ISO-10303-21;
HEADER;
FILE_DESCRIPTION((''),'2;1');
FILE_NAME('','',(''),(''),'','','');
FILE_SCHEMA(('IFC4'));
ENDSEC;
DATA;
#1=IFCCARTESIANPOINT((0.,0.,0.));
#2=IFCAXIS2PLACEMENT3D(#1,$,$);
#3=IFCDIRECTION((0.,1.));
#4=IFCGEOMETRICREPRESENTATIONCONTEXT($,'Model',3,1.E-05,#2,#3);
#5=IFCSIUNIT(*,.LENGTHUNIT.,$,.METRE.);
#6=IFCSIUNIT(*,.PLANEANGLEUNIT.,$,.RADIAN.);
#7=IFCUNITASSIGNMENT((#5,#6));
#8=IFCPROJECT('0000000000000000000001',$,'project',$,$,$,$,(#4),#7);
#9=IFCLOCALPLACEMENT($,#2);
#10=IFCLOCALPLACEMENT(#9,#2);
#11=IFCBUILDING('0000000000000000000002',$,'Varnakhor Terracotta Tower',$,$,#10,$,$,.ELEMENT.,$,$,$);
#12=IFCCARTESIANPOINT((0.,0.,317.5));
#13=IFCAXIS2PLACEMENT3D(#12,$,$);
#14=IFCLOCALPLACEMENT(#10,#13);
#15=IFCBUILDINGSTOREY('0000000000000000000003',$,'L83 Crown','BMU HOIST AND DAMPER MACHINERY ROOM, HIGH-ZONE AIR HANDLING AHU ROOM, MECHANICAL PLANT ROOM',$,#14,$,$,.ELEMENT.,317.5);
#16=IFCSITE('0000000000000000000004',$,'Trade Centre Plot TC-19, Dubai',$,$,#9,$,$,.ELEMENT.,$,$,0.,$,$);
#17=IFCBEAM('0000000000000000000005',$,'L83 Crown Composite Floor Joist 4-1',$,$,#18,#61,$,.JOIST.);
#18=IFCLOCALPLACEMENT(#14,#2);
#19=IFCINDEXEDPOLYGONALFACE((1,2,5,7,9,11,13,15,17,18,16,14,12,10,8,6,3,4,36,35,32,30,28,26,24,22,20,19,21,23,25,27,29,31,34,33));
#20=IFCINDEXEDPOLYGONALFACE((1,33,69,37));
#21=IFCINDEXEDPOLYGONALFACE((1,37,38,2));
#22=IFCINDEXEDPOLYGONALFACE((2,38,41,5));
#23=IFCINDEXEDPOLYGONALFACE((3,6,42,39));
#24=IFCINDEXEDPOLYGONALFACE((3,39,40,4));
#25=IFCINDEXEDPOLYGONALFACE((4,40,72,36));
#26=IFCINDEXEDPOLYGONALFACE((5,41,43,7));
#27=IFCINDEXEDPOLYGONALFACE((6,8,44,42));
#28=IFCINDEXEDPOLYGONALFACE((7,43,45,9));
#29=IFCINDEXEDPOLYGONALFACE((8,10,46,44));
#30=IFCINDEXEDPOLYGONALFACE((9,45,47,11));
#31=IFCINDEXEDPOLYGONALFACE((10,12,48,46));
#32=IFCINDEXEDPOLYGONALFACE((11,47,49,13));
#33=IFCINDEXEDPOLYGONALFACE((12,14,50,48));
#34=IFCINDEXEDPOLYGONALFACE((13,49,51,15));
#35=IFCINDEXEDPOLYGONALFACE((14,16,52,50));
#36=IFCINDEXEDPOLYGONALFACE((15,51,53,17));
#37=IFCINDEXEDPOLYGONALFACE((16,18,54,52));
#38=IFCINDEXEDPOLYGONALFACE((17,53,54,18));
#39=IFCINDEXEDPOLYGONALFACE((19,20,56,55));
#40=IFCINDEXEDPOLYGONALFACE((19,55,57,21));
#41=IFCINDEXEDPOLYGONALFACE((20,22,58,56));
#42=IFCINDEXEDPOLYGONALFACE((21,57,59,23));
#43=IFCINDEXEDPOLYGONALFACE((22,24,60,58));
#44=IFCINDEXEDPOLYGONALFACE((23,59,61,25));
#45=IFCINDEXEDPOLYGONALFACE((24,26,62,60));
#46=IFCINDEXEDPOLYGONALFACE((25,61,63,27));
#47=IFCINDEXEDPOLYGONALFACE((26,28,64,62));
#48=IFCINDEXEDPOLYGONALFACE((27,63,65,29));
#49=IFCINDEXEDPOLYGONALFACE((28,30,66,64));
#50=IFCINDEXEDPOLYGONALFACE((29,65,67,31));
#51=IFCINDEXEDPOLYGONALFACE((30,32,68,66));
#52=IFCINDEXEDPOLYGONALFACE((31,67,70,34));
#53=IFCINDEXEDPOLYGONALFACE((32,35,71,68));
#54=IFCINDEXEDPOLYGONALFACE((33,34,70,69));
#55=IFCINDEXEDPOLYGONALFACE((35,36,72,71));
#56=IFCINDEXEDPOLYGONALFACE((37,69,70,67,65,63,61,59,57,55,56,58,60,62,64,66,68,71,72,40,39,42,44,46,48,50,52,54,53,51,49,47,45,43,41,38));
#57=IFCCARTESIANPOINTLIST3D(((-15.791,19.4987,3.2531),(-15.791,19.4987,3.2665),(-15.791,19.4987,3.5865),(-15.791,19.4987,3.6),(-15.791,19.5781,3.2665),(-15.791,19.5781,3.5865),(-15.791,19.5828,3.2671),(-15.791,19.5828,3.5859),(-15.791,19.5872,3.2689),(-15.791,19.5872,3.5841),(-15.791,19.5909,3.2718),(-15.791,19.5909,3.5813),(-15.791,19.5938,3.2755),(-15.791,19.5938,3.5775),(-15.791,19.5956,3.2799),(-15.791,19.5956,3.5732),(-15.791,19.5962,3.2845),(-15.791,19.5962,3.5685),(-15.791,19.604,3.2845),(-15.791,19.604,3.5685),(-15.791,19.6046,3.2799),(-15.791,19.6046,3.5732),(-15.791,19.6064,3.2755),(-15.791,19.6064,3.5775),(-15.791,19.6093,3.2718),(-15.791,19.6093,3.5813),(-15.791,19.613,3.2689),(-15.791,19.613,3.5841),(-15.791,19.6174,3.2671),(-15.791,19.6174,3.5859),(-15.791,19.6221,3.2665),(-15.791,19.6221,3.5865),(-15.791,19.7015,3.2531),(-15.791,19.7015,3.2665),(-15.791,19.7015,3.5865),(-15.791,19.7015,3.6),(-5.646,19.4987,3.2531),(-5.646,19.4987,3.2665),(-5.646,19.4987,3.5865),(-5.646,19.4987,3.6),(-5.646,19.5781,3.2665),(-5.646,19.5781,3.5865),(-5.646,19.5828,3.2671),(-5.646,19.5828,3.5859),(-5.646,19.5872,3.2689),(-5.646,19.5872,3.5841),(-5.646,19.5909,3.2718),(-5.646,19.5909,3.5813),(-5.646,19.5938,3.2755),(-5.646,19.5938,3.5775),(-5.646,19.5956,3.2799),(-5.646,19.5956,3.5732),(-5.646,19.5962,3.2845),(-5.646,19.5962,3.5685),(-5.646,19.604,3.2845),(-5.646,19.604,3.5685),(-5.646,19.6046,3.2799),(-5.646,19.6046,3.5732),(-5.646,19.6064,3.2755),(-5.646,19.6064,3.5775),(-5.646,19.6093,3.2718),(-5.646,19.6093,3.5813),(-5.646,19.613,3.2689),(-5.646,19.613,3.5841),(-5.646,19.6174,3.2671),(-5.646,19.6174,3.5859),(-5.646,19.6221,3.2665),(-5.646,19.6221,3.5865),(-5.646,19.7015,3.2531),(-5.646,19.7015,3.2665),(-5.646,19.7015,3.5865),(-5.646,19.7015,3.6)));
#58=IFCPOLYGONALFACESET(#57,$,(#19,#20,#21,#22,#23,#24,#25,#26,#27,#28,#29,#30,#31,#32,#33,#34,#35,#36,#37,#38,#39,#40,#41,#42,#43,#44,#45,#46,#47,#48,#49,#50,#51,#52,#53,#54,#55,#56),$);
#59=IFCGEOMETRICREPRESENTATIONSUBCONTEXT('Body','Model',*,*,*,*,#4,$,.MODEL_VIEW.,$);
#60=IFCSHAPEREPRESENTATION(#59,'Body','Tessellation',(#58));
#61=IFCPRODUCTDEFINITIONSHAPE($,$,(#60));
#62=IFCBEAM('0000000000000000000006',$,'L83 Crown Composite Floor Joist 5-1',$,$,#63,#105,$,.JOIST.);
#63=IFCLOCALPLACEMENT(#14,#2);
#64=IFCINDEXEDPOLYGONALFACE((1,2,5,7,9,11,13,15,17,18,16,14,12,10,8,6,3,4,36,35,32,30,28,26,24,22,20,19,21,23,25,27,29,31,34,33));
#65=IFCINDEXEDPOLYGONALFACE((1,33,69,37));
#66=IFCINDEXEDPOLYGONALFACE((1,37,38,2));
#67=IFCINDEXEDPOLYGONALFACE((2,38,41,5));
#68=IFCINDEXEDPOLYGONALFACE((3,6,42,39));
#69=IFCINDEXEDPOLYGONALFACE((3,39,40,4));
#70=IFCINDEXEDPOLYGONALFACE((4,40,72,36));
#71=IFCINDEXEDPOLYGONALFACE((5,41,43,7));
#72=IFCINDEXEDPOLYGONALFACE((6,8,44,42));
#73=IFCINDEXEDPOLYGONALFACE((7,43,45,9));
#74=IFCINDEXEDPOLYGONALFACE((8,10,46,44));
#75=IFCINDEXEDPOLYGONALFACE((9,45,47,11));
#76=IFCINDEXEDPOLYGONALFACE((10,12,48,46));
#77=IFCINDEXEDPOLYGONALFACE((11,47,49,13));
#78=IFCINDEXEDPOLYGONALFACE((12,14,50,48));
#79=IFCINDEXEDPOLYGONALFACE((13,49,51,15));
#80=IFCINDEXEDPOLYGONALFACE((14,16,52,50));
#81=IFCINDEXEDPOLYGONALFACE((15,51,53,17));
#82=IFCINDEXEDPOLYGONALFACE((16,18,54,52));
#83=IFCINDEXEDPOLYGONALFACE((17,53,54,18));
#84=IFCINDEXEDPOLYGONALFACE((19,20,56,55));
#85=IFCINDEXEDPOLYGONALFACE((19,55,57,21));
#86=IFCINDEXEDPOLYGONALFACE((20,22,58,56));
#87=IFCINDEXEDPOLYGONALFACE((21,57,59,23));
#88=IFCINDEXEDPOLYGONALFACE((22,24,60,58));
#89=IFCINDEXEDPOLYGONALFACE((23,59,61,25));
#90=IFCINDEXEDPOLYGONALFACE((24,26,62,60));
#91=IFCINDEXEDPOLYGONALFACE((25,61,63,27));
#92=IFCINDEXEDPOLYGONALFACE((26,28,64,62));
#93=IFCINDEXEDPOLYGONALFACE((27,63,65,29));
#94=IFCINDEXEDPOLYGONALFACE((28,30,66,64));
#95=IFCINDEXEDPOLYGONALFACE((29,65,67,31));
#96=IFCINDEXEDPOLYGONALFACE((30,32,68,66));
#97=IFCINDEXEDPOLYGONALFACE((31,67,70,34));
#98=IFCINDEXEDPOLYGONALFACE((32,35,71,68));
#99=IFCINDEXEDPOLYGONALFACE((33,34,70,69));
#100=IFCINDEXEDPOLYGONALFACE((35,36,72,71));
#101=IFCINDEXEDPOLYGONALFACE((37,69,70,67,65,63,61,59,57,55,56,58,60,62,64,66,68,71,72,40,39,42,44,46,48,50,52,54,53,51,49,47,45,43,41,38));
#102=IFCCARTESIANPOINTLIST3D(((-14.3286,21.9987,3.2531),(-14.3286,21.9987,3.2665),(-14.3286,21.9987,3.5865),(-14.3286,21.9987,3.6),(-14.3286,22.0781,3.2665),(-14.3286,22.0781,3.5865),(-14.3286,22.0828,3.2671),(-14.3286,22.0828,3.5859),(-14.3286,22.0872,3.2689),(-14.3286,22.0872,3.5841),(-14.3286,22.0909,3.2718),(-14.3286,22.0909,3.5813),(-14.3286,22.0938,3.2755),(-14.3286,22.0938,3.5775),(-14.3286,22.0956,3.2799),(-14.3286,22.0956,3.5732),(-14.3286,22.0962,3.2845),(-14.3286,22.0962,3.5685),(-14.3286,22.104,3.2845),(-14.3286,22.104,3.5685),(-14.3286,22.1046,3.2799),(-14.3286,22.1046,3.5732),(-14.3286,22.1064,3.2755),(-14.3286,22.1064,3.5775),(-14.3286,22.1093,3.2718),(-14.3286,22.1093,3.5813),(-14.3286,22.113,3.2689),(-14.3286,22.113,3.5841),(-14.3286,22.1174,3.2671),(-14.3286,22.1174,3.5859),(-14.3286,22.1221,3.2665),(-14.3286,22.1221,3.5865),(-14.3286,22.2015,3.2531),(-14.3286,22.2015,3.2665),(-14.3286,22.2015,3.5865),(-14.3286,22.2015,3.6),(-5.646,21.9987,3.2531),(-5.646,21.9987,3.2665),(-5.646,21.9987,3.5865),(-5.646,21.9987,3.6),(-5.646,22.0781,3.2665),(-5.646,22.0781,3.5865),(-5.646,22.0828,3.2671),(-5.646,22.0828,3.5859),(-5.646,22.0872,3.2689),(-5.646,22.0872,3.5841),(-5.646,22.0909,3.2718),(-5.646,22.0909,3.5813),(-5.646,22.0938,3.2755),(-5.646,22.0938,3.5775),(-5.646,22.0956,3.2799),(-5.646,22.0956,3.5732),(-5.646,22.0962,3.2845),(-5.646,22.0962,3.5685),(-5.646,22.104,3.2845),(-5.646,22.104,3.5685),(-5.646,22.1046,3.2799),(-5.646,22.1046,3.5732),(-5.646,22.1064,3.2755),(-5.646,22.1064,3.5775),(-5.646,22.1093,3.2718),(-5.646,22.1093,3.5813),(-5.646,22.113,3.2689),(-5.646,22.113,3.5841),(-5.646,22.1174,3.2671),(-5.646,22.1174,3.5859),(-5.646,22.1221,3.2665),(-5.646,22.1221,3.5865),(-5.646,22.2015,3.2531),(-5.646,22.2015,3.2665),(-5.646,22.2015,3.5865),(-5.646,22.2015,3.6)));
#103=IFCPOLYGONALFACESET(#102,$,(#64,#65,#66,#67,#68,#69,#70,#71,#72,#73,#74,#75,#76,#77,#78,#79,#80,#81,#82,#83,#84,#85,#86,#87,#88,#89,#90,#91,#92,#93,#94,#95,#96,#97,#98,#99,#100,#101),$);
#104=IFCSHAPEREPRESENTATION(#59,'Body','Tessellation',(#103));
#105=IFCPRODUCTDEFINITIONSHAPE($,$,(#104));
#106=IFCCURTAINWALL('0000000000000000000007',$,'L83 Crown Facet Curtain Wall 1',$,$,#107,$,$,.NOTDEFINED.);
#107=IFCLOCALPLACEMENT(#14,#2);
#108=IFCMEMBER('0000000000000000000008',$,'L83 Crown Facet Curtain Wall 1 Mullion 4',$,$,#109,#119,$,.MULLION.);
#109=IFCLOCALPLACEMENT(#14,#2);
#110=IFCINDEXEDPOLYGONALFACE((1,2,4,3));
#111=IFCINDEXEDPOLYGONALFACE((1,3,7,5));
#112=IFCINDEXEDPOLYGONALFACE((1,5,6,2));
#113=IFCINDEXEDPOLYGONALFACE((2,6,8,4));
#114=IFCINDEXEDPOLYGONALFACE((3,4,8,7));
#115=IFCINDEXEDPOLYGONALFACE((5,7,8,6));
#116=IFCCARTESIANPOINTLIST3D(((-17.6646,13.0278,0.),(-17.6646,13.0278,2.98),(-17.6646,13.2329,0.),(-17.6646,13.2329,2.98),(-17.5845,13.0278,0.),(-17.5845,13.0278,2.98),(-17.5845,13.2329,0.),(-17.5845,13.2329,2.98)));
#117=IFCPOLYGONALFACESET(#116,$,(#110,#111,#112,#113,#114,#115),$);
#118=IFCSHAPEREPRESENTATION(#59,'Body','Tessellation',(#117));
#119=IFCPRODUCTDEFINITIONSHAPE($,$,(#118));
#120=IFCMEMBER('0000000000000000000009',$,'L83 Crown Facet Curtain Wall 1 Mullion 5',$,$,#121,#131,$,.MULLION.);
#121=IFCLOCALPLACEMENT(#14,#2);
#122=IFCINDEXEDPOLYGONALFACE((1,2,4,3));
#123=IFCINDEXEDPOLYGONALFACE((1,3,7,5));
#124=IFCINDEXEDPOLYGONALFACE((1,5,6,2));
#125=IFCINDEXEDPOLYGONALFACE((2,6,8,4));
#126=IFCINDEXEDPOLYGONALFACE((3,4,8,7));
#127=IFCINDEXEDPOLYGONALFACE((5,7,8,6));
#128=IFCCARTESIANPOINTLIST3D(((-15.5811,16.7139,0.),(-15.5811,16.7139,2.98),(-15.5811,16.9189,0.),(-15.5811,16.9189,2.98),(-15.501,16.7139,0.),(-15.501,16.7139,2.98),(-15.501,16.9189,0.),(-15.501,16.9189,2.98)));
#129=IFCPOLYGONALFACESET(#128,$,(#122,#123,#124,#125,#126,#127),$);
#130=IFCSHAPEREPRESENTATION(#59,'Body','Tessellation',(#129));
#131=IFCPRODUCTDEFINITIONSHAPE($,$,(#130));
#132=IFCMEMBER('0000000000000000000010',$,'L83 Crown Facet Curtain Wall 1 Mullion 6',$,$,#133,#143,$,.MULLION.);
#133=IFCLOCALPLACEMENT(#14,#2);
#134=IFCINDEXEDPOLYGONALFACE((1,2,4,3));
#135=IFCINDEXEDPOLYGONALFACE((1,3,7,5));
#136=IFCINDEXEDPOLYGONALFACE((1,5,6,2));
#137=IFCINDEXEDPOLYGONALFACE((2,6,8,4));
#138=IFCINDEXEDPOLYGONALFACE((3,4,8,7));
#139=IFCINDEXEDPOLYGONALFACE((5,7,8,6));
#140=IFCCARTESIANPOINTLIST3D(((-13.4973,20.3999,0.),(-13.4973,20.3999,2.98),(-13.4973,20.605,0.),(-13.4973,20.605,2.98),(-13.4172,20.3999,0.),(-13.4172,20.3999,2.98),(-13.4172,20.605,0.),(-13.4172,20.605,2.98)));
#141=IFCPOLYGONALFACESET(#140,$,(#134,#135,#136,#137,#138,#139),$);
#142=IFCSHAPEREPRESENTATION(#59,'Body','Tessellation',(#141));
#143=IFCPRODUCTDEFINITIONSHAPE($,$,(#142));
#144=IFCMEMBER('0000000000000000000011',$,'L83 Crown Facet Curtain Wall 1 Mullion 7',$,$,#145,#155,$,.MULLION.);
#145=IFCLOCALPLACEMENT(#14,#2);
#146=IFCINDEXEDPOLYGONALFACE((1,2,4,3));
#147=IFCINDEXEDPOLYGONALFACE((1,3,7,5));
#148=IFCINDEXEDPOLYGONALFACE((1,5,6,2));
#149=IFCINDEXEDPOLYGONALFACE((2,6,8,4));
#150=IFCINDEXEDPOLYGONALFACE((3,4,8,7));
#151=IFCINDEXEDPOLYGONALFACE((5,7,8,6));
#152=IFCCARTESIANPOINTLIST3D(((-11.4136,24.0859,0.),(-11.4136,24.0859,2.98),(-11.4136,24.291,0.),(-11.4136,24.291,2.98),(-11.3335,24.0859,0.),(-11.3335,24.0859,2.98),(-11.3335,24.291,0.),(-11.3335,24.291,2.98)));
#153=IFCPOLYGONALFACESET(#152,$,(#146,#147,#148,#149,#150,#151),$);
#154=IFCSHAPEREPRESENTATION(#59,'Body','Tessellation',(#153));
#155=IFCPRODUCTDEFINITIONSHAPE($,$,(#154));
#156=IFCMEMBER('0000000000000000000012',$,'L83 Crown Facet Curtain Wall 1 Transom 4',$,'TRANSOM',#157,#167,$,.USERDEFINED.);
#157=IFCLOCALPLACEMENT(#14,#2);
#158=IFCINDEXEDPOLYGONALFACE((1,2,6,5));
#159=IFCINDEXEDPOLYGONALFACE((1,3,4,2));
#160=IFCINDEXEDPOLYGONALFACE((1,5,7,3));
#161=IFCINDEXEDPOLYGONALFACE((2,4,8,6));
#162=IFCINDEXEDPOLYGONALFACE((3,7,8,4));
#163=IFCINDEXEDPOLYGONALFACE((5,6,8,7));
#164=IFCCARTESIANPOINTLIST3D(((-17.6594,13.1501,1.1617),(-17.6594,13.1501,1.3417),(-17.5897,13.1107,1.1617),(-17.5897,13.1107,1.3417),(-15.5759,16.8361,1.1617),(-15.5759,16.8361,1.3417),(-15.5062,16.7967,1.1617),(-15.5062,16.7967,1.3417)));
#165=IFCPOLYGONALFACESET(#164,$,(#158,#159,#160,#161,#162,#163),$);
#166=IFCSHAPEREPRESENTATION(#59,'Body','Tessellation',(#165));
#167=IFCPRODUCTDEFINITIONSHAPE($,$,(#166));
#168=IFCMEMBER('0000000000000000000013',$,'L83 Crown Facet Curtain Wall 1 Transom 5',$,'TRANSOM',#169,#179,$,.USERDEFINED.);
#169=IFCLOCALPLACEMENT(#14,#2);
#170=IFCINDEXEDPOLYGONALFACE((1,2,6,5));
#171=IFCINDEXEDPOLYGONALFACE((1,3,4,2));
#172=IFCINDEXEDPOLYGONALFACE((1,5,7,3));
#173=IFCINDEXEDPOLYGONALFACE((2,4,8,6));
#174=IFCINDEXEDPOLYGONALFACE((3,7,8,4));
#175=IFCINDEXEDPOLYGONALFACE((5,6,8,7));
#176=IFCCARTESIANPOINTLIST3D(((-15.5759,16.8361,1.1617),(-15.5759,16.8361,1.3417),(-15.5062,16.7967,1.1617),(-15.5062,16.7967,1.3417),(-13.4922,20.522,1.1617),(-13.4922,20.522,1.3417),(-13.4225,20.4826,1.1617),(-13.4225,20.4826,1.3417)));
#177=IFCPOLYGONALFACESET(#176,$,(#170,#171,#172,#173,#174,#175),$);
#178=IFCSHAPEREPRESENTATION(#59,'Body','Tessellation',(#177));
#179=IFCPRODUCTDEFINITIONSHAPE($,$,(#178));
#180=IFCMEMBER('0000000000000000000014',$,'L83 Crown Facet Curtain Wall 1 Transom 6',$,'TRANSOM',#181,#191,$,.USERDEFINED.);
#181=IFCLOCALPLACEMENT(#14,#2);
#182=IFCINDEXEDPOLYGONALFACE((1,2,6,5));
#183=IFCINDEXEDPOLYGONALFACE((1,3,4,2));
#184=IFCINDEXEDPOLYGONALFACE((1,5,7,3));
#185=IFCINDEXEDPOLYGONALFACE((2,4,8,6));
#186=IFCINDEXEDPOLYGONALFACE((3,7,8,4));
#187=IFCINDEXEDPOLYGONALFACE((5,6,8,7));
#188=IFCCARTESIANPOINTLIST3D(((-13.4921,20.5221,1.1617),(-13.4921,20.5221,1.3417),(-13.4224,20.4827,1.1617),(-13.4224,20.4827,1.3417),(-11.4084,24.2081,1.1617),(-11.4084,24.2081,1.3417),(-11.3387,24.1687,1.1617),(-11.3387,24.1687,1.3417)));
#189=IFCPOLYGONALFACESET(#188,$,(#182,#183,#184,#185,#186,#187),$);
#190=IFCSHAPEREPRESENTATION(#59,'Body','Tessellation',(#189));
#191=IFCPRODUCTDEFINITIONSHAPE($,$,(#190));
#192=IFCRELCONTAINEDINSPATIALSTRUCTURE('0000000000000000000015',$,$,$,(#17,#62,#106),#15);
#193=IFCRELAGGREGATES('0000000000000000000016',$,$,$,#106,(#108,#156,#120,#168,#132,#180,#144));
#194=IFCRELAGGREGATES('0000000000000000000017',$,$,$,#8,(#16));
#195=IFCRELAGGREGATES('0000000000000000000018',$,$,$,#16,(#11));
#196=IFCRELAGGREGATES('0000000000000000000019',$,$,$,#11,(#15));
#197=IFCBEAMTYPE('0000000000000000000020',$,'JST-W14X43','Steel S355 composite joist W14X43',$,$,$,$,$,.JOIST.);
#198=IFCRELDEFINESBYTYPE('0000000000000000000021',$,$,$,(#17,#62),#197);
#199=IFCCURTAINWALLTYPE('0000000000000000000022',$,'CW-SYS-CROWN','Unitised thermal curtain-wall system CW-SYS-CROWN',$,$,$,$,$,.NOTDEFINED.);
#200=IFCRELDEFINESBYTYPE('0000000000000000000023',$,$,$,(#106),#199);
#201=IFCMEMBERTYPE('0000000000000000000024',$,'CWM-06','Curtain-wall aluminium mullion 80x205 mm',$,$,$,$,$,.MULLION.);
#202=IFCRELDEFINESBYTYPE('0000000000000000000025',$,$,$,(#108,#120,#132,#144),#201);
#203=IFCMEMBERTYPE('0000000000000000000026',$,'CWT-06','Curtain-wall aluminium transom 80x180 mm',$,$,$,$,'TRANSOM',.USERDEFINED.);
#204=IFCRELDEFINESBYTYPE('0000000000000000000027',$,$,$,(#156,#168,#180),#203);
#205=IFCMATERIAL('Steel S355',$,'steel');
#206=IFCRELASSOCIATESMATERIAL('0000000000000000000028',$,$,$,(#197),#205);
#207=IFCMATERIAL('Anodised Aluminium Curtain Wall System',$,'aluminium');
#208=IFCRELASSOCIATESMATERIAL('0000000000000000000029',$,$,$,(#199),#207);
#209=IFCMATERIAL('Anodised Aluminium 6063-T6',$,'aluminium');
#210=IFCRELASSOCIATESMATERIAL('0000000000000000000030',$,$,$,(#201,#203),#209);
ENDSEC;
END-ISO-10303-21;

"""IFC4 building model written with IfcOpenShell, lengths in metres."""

from ifc_helpers import new_model, si_unit, direction, frame, origin, origin_2d, place, context, subcontext, project, spatial, rectangle, i_section, extrude, source, transform, mapped, material, material_profile, profile_set, type_object, type_shapes, element, aggregate, save


model = new_model("IFC4")

# Units and contexts
model_context = context("Model", 3, precision=1e-05, world=origin(), true_north=direction((0.0, 1.0)))
body_context = subcontext(model_context, "Body", "Model", "MODEL_VIEW")
ifc_project = project(units=[si_unit("LENGTHUNIT", "METRE"), si_unit("PLANEANGLEUNIT", "RADIAN")], contexts=[model_context])

# Site, building, storey
site_placement = place(None, origin())
site = spatial("IfcSite", under=ifc_project, at=site_placement, Name="Trade Centre Plot TC-19, Dubai", CompositionType="ELEMENT", RefElevation=0.0)
building_placement = place(site_placement, origin())
building = spatial("IfcBuilding", under=site, at=building_placement, Name="Varnakhor Terracotta Tower", CompositionType="ELEMENT")
storey_placement = place(building_placement, frame((0.0, 0.0, 317.5)))
storey = spatial("IfcBuildingStorey", under=building, at=storey_placement, Name="L83 Crown", Description="BMU HOIST AND DAMPER MACHINERY ROOM, HIGH-ZONE AIR HANDLING AHU ROOM, MECHANICAL PLANT ROOM", CompositionType="ELEMENT", Elevation=317.5)

# Beams
ifc_material_1 = material(Name="Steel S355", Category="steel")
ifc_material_profile_1 = material_profile(ifc_material_1, i_section(OverallWidth=0.2029, OverallDepth=0.3469, WebThickness=0.0078, FlangeThickness=0.0134, FilletRadius=0.0181, at=origin_2d()), Name="W14X43")
ifc_profile_set_1 = profile_set([ifc_material_profile_1], Name="Steel S355")
beam_type_1 = type_object("IfcBeamType", Name="JST-W14X43", Description="Steel S355 composite joist W14X43", PredefinedType="JOIST", material=ifc_profile_set_1)
shared_shape_1 = source(origin(), body_context, "Body", "SweptSolid", [
    extrude(i_section(OverallWidth=0.2029, OverallDepth=0.3469, WebThickness=0.0078, FlangeThickness=0.0134, FilletRadius=0.0181, at=origin_2d()), origin(), (0.0, 0.0, 1.0), 10.145),
])
beam_1_placement = place(storey_placement, frame((-15.791, 19.6001, 3.4265), z_axis=(1.0, 0.0, 0.0), x_axis=(0.0, 1.0, 0.0)))
element("IfcBeam", 1, at=beam_1_placement, inside=storey, type_object=beam_type_1, Name="L83 Crown Composite Floor Joist 4-1", PredefinedType="JOIST", context=body_context, shape_type="MappedRepresentation", body=[
    mapped(shared_shape_1, transform((0.0, 0.0, 0.0), scale=1.0)),
])
shared_shape_2 = source(origin(), body_context, "Body", "SweptSolid", [
    extrude(i_section(OverallWidth=0.2029, OverallDepth=0.3469, WebThickness=0.0078, FlangeThickness=0.0134, FilletRadius=0.0181, at=origin_2d()), origin(), (0.0, 0.0, 1.0), 8.6826),
])
beam_2_placement = place(storey_placement, frame((-14.3286, 22.1001, 3.4265), z_axis=(1.0, 0.0, 0.0), x_axis=(0.0, 1.0, 0.0)))
element("IfcBeam", 2, at=beam_2_placement, inside=storey, type_object=beam_type_1, Name="L83 Crown Composite Floor Joist 5-1", PredefinedType="JOIST", context=body_context, shape_type="MappedRepresentation", body=[
    mapped(shared_shape_2, transform((0.0, 0.0, 0.0), scale=1.0)),
])

# Curtain wall, members
ifc_material_2 = material(Name="Anodised Aluminium Curtain Wall System", Category="aluminium")
curtain_wall_type = type_object("IfcCurtainWallType", Name="CW-SYS-CROWN", Description="Unitised thermal curtain-wall system CW-SYS-CROWN", PredefinedType="NOTDEFINED", material=ifc_material_2)
curtain_wall_placement = place(storey_placement, origin())
curtain_wall = element("IfcCurtainWall", 3, at=curtain_wall_placement, inside=storey, type_object=curtain_wall_type, Name="L83 Crown Facet Curtain Wall 1", PredefinedType="NOTDEFINED")
ifc_material_3 = material(Name="Anodised Aluminium 6063-T6", Category="aluminium")
ifc_material_profile_2 = material_profile(ifc_material_3, rectangle(XDim=0.0801, YDim=0.2051, at=origin_2d()), Name="ALU MULLION 80x205")
ifc_profile_set_2 = profile_set([ifc_material_profile_2], Name="Anodised Aluminium 6063-T6")
member_type_1 = type_object("IfcMemberType", Name="CWM-06", Description="Curtain-wall aluminium mullion 80x205 mm", PredefinedType="MULLION", material=ifc_profile_set_2)
shared_shape_3 = source(origin(), body_context, "Body", "SweptSolid", [
    extrude(rectangle(XDim=0.0801, YDim=0.2051, at=origin_2d()), origin(), (0.0, 0.0, 1.0), 2.98),
])
type_shapes(member_type_1, [shared_shape_3])
member_1_placement = place(storey_placement, frame((-17.6245, 13.1304, 0.0), z_axis=(0.0, 0.0, 1.0), x_axis=(1.0, 0.0, 0.0)))
member_1 = element("IfcMember", 4, at=member_1_placement, type_object=member_type_1, Name="L83 Crown Facet Curtain Wall 1 Mullion 4", PredefinedType="MULLION", context=body_context, shape_type="MappedRepresentation", body=[
    mapped(shared_shape_3, transform((0.0, 0.0, 0.0), scale=1.0)),
])
member_2_placement = place(storey_placement, frame((-15.541, 16.8164, 0.0), z_axis=(0.0, 0.0, 1.0), x_axis=(1.0, 0.0, 0.0)))
member_2 = element("IfcMember", 5, at=member_2_placement, type_object=member_type_1, Name="L83 Crown Facet Curtain Wall 1 Mullion 5", PredefinedType="MULLION", context=body_context, shape_type="MappedRepresentation", body=[
    mapped(shared_shape_3, transform((0.0, 0.0, 0.0), scale=1.0)),
])
member_3_placement = place(storey_placement, frame((-13.4573, 20.5024, 0.0), z_axis=(0.0, 0.0, 1.0), x_axis=(1.0, 0.0, 0.0)))
member_3 = element("IfcMember", 6, at=member_3_placement, type_object=member_type_1, Name="L83 Crown Facet Curtain Wall 1 Mullion 6", PredefinedType="MULLION", context=body_context, shape_type="MappedRepresentation", body=[
    mapped(shared_shape_3, transform((0.0, 0.0, 0.0), scale=1.0)),
])
member_4_placement = place(storey_placement, frame((-11.3735, 24.1885, 0.0), z_axis=(0.0, 0.0, 1.0), x_axis=(1.0, 0.0, 0.0)))
member_4 = element("IfcMember", 7, at=member_4_placement, type_object=member_type_1, Name="L83 Crown Facet Curtain Wall 1 Mullion 7", PredefinedType="MULLION", context=body_context, shape_type="MappedRepresentation", body=[
    mapped(shared_shape_3, transform((0.0, 0.0, 0.0), scale=1.0)),
])
ifc_material_profile_3 = material_profile(ifc_material_3, rectangle(XDim=0.0801, YDim=0.1799, at=origin_2d()), Name="ALU TRANSOM 80x180")
ifc_profile_set_3 = profile_set([ifc_material_profile_3], Name="Anodised Aluminium 6063-T6")
member_type_2 = type_object("IfcMemberType", Name="CWT-06", Description="Curtain-wall aluminium transom 80x180 mm", ElementType="TRANSOM", PredefinedType="USERDEFINED", material=ifc_profile_set_3)
shared_shape_4 = source(origin(), body_context, "Body", "SweptSolid", [
    extrude(rectangle(XDim=0.0801, YDim=0.1799, at=origin_2d()), origin(), (0.0, 0.0, 1.0), 4.2341),
])
member_5_placement = place(storey_placement, frame((-17.6245, 13.1304, 1.2517), z_axis=(0.492072, 0.870554, 0.0), x_axis=(-0.870554, 0.492072, 0.0)))
member_5 = element("IfcMember", 8, at=member_5_placement, type_object=member_type_2, Name="L83 Crown Facet Curtain Wall 1 Transom 4", ObjectType="TRANSOM", PredefinedType="USERDEFINED", context=body_context, shape_type="MappedRepresentation", body=[
    mapped(shared_shape_4, transform((0.0, 0.0, 0.0), scale=1.0)),
])
member_6_placement = place(storey_placement, frame((-15.541, 16.8164, 1.2517), z_axis=(0.492116, 0.87053, 0.0), x_axis=(-0.87053, 0.492116, 0.0)))
member_6 = element("IfcMember", 9, at=member_6_placement, type_object=member_type_2, Name="L83 Crown Facet Curtain Wall 1 Transom 5", ObjectType="TRANSOM", PredefinedType="USERDEFINED", context=body_context, shape_type="MappedRepresentation", body=[
    mapped(shared_shape_4, transform((0.0, 0.0, 0.0), scale=1.0)),
])
member_7_placement = place(storey_placement, frame((-13.4573, 20.5024, 1.2517), z_axis=(0.492116, 0.87053, 0.0), x_axis=(-0.87053, 0.492116, 0.0)))
member_7 = element("IfcMember", 10, at=member_7_placement, type_object=member_type_2, Name="L83 Crown Facet Curtain Wall 1 Transom 6", ObjectType="TRANSOM", PredefinedType="USERDEFINED", context=body_context, shape_type="MappedRepresentation", body=[
    mapped(shared_shape_4, transform((0.0, 0.0, 0.0), scale=1.0)),
])
aggregate(curtain_wall, [member_1, member_5, member_2, member_6, member_3, member_7, member_4])

save(model, "model.ifc")
